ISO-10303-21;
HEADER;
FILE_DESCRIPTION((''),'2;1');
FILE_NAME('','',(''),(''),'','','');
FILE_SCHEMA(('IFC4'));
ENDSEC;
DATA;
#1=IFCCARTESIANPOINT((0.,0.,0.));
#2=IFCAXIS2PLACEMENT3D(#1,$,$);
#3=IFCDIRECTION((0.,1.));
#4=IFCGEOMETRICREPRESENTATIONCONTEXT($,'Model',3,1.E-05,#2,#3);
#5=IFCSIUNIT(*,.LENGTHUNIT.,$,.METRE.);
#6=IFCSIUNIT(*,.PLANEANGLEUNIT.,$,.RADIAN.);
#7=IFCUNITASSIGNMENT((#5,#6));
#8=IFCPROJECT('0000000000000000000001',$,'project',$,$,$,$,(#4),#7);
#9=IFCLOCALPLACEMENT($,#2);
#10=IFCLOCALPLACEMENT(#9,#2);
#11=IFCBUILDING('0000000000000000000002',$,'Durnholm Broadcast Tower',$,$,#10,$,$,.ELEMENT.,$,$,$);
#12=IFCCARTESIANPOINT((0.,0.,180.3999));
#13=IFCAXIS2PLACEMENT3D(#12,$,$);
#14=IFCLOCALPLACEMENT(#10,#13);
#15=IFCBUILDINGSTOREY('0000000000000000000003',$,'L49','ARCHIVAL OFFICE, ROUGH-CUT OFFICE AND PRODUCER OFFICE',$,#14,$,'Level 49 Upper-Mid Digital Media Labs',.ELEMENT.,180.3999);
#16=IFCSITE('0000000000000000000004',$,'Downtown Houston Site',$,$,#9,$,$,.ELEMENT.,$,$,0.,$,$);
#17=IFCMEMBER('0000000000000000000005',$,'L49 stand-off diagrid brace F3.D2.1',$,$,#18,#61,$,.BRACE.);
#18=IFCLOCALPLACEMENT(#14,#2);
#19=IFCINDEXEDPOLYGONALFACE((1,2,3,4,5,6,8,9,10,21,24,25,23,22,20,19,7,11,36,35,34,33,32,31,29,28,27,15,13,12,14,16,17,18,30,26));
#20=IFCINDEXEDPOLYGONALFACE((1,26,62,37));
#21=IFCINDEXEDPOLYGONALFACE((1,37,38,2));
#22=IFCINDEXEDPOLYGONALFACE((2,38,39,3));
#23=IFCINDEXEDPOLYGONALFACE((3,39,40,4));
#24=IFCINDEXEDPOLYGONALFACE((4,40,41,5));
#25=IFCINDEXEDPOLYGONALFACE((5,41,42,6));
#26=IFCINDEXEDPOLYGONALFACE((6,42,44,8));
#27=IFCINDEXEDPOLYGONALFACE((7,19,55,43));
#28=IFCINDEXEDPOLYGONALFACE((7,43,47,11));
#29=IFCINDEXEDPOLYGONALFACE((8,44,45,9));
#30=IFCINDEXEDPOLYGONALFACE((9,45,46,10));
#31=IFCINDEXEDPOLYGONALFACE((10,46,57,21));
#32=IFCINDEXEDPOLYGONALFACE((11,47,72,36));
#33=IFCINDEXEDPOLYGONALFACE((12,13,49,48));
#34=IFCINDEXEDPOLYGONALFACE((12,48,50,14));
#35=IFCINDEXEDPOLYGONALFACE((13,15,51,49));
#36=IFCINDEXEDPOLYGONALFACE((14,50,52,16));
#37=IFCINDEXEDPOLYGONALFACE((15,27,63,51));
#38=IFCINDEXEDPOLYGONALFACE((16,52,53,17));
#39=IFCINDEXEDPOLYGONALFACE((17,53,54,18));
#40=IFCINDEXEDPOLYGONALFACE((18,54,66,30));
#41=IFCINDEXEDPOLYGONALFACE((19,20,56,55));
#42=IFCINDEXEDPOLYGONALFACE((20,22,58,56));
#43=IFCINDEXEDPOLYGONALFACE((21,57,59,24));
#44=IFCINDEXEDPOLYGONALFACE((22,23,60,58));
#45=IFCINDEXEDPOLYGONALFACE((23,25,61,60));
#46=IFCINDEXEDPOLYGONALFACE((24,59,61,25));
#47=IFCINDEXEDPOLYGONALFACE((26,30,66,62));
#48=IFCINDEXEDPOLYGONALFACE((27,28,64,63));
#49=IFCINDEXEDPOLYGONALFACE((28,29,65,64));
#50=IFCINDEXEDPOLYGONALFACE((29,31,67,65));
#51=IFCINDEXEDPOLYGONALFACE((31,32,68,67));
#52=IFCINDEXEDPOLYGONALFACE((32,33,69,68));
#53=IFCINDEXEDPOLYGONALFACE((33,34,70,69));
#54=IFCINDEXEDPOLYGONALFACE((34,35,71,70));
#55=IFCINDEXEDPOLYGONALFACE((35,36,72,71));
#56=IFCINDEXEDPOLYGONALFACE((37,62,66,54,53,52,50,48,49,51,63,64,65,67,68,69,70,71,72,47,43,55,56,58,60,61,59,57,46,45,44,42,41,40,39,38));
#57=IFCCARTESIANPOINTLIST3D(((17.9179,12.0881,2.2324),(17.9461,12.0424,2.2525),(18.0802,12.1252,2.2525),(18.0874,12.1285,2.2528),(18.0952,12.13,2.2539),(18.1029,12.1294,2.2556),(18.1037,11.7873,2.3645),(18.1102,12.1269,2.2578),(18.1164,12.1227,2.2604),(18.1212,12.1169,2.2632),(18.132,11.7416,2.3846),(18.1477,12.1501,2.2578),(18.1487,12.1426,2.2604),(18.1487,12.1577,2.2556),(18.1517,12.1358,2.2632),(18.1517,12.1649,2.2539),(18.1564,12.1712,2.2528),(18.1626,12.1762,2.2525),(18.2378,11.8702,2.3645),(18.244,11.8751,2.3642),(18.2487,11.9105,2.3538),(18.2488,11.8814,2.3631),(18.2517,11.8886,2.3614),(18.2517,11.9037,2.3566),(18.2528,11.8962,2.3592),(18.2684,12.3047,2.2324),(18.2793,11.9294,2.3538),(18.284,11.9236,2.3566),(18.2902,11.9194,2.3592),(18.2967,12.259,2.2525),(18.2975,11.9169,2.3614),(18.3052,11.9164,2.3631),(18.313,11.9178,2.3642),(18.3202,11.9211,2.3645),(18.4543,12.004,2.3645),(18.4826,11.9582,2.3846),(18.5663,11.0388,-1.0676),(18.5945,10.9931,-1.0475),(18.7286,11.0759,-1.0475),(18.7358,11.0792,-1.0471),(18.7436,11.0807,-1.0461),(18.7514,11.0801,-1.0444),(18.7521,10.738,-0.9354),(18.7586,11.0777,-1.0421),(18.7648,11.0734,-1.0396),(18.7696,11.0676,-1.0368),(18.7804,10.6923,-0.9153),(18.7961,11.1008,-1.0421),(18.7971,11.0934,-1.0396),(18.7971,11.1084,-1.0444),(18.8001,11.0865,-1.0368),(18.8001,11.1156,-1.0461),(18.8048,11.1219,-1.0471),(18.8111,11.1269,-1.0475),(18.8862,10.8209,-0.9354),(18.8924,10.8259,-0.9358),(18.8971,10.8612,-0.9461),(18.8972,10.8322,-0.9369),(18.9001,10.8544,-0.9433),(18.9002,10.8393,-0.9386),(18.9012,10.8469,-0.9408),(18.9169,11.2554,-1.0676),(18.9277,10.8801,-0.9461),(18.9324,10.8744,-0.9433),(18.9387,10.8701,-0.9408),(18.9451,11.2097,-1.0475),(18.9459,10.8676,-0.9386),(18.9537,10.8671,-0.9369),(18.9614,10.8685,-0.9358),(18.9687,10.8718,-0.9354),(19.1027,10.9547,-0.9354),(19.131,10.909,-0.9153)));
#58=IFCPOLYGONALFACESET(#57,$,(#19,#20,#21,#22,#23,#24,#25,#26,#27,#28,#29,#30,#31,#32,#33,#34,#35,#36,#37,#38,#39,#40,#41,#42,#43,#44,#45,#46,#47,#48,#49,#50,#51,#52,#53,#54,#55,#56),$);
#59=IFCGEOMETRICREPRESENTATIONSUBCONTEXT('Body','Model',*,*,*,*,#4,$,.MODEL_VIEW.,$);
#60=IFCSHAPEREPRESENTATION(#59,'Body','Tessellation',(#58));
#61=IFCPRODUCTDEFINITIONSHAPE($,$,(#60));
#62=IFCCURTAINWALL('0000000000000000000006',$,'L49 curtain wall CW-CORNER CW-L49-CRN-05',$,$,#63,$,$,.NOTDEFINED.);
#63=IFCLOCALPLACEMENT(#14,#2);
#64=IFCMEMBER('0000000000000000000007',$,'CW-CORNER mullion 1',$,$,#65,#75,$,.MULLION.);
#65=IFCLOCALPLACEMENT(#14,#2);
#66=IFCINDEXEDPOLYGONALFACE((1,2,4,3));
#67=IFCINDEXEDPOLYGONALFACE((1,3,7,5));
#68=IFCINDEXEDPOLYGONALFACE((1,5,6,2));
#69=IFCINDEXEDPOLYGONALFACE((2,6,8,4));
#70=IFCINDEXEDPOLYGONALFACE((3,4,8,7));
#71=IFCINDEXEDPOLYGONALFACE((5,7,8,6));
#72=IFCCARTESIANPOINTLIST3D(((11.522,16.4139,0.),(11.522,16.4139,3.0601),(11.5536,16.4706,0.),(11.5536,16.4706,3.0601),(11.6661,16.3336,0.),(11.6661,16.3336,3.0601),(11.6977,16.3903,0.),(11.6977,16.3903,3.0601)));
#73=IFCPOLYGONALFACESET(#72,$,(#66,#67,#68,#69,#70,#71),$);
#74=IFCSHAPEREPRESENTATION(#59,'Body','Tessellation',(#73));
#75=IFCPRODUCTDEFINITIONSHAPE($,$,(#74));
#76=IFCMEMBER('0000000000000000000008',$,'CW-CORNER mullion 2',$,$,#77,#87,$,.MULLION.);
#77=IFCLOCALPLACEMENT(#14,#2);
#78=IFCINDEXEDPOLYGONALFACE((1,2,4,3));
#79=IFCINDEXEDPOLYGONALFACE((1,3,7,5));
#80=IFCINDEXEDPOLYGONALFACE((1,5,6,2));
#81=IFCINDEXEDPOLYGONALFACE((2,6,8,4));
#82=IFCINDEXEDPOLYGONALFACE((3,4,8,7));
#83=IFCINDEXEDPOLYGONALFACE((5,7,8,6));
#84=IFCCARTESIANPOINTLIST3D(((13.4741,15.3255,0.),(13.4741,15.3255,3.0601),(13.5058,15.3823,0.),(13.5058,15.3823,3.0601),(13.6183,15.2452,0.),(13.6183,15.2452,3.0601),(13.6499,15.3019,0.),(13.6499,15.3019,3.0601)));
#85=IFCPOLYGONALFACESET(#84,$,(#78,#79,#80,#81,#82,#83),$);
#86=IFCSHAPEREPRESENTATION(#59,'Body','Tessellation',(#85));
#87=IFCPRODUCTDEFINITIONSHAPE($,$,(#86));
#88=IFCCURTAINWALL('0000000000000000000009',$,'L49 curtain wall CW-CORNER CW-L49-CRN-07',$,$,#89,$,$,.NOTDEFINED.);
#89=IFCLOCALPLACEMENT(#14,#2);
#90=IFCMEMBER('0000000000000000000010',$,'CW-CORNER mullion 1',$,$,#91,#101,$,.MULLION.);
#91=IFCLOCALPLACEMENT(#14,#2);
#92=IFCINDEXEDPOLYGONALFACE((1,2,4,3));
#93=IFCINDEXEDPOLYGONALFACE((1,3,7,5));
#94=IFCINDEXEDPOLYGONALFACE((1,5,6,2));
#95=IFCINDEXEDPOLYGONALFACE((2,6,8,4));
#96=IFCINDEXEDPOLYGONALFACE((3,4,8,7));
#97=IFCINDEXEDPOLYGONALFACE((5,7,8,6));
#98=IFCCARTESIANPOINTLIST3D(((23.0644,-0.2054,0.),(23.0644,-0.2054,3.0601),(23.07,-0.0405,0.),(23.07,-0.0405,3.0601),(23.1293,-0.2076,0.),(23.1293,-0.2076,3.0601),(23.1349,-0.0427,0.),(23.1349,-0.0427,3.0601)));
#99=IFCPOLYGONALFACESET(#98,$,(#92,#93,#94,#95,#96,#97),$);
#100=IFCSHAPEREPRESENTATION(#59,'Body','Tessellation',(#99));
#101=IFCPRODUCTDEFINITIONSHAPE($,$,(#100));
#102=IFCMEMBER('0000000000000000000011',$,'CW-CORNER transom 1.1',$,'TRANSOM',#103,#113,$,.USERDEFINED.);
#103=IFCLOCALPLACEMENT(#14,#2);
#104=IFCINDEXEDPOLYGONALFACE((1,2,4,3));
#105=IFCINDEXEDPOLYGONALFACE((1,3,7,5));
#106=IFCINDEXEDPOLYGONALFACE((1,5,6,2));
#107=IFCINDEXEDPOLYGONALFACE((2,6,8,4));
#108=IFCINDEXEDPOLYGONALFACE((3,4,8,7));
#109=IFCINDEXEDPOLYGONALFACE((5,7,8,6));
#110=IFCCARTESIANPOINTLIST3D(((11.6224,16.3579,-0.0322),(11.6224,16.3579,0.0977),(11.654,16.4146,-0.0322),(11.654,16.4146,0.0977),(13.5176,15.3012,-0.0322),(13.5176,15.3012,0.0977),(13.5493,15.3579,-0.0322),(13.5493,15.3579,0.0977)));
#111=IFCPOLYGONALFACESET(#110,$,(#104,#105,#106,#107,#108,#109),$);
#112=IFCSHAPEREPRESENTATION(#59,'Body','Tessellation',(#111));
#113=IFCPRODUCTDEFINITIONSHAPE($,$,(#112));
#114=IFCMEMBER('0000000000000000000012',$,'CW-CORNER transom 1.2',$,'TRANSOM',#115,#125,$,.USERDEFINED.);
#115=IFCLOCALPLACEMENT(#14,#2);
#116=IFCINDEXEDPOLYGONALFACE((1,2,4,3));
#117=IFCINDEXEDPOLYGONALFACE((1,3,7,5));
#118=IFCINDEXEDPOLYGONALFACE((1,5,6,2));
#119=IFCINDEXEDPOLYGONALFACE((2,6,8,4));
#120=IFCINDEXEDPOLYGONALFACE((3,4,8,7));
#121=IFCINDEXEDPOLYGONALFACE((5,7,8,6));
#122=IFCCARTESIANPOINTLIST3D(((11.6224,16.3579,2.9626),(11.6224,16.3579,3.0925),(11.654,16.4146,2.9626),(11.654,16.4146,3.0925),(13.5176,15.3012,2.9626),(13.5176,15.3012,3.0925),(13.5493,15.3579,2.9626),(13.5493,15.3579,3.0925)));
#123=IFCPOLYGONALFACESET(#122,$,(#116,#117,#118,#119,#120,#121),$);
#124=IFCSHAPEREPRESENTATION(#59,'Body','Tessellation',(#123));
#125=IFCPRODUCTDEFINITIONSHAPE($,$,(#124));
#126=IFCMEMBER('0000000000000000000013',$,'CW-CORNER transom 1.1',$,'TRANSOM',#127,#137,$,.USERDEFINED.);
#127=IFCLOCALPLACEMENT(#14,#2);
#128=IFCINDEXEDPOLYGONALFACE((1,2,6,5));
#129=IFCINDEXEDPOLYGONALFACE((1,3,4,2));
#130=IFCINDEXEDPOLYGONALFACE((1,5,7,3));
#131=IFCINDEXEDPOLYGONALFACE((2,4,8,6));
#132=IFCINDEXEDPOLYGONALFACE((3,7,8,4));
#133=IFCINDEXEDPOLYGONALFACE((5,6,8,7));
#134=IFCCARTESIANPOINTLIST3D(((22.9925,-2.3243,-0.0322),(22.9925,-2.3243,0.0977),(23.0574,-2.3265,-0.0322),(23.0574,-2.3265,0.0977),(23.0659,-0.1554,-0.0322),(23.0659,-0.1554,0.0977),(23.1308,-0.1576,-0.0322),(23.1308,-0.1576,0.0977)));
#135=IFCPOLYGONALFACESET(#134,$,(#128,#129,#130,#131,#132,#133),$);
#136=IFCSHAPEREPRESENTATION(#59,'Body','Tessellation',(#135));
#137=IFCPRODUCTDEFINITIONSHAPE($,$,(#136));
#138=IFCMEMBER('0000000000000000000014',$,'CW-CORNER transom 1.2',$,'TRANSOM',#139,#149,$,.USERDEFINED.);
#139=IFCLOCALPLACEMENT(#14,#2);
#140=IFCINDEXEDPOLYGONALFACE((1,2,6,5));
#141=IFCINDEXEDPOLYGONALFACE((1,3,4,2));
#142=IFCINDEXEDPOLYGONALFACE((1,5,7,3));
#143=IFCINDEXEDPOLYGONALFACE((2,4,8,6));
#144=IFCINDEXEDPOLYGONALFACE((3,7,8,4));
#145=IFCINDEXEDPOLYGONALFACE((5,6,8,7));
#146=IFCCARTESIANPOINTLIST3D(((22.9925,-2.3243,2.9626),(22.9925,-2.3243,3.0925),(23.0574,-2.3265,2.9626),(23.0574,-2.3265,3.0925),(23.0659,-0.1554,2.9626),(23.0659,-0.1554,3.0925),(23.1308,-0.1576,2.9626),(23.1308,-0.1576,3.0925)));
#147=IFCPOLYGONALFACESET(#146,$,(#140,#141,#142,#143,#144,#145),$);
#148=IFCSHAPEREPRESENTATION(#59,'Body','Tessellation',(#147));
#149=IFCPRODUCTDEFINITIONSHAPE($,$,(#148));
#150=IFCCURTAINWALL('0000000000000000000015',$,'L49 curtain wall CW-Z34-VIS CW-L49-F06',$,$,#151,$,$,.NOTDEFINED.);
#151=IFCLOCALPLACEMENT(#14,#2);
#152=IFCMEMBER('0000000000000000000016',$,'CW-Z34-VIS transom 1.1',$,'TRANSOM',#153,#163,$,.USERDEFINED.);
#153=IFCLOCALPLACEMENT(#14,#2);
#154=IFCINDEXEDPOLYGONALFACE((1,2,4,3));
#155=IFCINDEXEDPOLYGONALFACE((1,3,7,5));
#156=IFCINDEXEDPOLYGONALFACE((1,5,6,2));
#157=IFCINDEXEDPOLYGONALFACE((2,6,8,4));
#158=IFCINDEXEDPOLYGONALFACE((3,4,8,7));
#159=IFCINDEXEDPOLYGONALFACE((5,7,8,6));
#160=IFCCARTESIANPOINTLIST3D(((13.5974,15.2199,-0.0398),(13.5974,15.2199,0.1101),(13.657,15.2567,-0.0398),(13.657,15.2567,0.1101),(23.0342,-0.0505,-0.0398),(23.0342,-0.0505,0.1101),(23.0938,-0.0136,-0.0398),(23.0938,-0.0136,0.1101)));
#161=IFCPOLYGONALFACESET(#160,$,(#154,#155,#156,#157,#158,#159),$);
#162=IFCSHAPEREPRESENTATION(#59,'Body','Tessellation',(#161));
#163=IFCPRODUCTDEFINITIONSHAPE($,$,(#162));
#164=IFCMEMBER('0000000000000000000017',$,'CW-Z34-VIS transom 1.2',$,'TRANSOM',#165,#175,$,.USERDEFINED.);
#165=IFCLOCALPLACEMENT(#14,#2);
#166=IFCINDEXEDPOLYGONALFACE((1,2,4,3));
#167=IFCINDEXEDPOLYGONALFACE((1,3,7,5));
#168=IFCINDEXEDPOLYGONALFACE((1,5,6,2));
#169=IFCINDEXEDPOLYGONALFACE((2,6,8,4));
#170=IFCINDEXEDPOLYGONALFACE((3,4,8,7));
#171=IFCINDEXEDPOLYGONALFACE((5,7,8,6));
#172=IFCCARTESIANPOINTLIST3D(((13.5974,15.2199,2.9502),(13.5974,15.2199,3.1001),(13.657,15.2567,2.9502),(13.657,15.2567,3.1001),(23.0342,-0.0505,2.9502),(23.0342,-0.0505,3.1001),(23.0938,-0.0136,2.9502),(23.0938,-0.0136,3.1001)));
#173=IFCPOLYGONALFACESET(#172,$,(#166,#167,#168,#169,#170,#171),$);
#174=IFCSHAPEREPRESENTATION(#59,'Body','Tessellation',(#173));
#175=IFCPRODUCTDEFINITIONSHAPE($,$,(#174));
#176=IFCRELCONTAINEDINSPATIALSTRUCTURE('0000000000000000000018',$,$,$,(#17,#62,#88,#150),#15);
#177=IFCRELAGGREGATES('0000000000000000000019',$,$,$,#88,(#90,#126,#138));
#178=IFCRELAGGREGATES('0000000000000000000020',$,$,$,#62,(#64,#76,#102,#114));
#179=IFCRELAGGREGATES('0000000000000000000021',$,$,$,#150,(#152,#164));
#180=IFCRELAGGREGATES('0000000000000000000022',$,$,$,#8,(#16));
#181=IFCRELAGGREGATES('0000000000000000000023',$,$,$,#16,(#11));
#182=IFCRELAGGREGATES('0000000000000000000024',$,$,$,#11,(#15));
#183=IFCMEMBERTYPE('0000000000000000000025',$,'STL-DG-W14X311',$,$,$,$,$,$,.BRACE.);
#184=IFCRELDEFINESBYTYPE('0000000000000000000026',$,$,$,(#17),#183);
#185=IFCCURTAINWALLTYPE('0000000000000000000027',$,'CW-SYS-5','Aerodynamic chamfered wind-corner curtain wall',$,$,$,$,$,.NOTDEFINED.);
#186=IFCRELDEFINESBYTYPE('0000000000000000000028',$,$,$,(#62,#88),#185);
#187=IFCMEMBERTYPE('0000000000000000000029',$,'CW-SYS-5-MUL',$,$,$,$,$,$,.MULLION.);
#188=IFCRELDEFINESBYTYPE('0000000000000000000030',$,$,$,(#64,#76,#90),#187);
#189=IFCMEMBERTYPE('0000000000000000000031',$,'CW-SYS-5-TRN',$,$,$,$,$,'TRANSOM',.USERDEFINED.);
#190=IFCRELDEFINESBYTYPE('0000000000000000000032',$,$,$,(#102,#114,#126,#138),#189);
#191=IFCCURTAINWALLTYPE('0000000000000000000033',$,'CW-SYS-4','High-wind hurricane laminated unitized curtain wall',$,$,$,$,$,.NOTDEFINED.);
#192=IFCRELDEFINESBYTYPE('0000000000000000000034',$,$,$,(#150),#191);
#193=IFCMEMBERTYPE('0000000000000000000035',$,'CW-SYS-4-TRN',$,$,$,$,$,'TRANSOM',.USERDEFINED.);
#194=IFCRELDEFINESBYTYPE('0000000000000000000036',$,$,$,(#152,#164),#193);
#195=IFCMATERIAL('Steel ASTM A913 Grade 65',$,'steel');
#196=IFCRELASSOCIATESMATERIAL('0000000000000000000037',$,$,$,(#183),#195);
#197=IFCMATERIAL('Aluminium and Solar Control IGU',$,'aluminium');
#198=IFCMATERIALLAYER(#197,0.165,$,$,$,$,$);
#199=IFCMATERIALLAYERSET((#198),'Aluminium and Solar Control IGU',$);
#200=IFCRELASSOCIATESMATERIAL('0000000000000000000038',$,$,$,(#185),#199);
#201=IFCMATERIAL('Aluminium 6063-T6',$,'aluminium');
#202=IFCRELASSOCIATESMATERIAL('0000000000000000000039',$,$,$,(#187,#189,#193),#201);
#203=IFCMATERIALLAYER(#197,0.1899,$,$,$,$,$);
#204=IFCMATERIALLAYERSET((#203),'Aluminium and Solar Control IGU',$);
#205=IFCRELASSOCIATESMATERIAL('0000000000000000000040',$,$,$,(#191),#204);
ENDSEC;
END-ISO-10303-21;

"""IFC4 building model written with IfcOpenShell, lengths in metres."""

from ifc_helpers import new_model, si_unit, direction, frame, origin, origin_2d, place, context, subcontext, project, spatial, rectangle, i_section, extrude, source, transform, mapped, material, layer, layer_set, material_profile, profile_set, type_object, type_shapes, element, aggregate, save


model = new_model("IFC4")

# Units and contexts
model_context = context("Model", 3, precision=1e-05, world=origin(), true_north=direction((0.0, 1.0)))
body_context = subcontext(model_context, "Body", "Model", "MODEL_VIEW")
ifc_project = project(units=[si_unit("LENGTHUNIT", "METRE"), si_unit("PLANEANGLEUNIT", "RADIAN")], contexts=[model_context])

# Site, building, storey
site_placement = place(None, origin())
site = spatial("IfcSite", under=ifc_project, at=site_placement, Name="Downtown Houston Site", CompositionType="ELEMENT", RefElevation=0.0)
building_placement = place(site_placement, origin())
building = spatial("IfcBuilding", under=site, at=building_placement, Name="Durnholm Broadcast Tower", CompositionType="ELEMENT")
storey_placement = place(building_placement, frame((0.0, 0.0, 180.3999)))
storey = spatial("IfcBuildingStorey", under=building, at=storey_placement, Name="L49", Description="ARCHIVAL OFFICE, ROUGH-CUT OFFICE AND PRODUCER OFFICE", LongName="Level 49 Upper-Mid Digital Media Labs", CompositionType="ELEMENT", Elevation=180.3999)

# Member
ifc_material_1 = material(Name="Steel ASTM A913 Grade 65", Category="steel")
ifc_material_profile_1 = material_profile(ifc_material_1, i_section(OverallWidth=0.4121, OverallDepth=0.4348, WebThickness=0.0359, FlangeThickness=0.0574, FilletRadius=0.0305, at=origin_2d()), Name="W14X311")
ifc_profile_set_1 = profile_set([ifc_material_profile_1], Name="Steel ASTM A913 Grade 65")
member_type_1 = type_object("IfcMemberType", Name="STL-DG-W14X311", PredefinedType="BRACE", material=ifc_profile_set_1)
shared_shape_1 = source(origin(), body_context, "Body", "SweptSolid", [
    extrude(i_section(OverallWidth=0.4121, OverallDepth=0.4348, WebThickness=0.0359, FlangeThickness=0.0574, FilletRadius=0.0305, at=origin_2d()), origin(), (0.0, 0.0, 1.0), 3.5229),
])
for number, where, z_axis, x_axis, name in (
    (1, (18.8486, 10.9739, -0.9915), (-0.184056, 0.297843, 0.936703), (-0.850678, -0.525687, 0.0), "L49 stand-off diagrid brace F3.D2.1"),
):
    element("IfcMember", number, at=place(storey_placement, frame(where, z_axis=z_axis, x_axis=x_axis)), inside=storey, type_object=member_type_1, Name=name, PredefinedType="BRACE", context=body_context, shape_type="MappedRepresentation", body=[
        mapped(shared_shape_1, transform((0.0, 0.0, 0.0), x_axis=(1.0, 0.0, 0.0), y_axis=(0.0, 1.0, 0.0), z_axis=(0.0, 0.0, 1.0), scale=1.0)),
    ])

# Curtain wall, members
ifc_material_2 = material(Name="Aluminium and Solar Control IGU", Category="aluminium")
ifc_layer_1 = layer(ifc_material_2, 0.165)
ifc_layer_set_1 = layer_set([ifc_layer_1], Name="Aluminium and Solar Control IGU")
curtain_wall_type_1 = type_object("IfcCurtainWallType", Name="CW-SYS-5", Description="Aerodynamic chamfered wind-corner curtain wall", PredefinedType="NOTDEFINED", material=ifc_layer_set_1)
curtain_wall_1_placement = place(storey_placement, origin())
curtain_wall_1 = element("IfcCurtainWall", 2, at=curtain_wall_1_placement, inside=storey, type_object=curtain_wall_type_1, Name="L49 curtain wall CW-CORNER CW-L49-CRN-05", PredefinedType="NOTDEFINED")
ifc_material_3 = material(Name="Aluminium 6063-T6", Category="aluminium")
ifc_material_profile_2 = material_profile(ifc_material_3, rectangle(XDim=0.0649, YDim=0.165, at=origin_2d()), Name="CWM65X165")
ifc_profile_set_2 = profile_set([ifc_material_profile_2], Name="Aluminium 6063-T6")
member_type_2 = type_object("IfcMemberType", Name="CW-SYS-5-MUL", PredefinedType="MULLION", material=ifc_profile_set_2)
shared_shape_2 = source(origin(), body_context, "Body", "SweptSolid", [
    extrude(rectangle(XDim=0.0649, YDim=0.165, at=origin_2d()), origin(), (0.0, 0.0, 1.0), 3.0601),
])
type_shapes(member_type_2, [shared_shape_2])
member_1_placement = place(storey_placement, frame((11.6099, 16.4021, 0.0), z_axis=(0.0, 0.0, 1.0), x_axis=(0.486986, 0.87341, 0.0)))
member_1 = element("IfcMember", 3, at=member_1_placement, type_object=member_type_2, Name="CW-CORNER mullion 1", PredefinedType="MULLION", context=body_context, shape_type="MappedRepresentation", body=[
    mapped(shared_shape_2, transform((0.0, 0.0, 0.0), x_axis=(1.0, 0.0, 0.0), y_axis=(0.0, 1.0, 0.0), z_axis=(0.0, 0.0, 1.0), scale=1.0)),
])
member_2_placement = place(storey_placement, frame((13.562, 15.3137, 0.0), z_axis=(0.0, 0.0, 1.0), x_axis=(0.486986, 0.87341, 0.0)))
member_2 = element("IfcMember", 4, at=member_2_placement, type_object=member_type_2, Name="CW-CORNER mullion 2", PredefinedType="MULLION", context=body_context, shape_type="MappedRepresentation", body=[
    mapped(shared_shape_2, transform((0.0, 0.0, 0.0), x_axis=(1.0, 0.0, 0.0), y_axis=(0.0, 1.0, 0.0), z_axis=(0.0, 0.0, 1.0), scale=1.0)),
])

# Curtain wall, member
curtain_wall_2_placement = place(storey_placement, origin())
curtain_wall_2 = element("IfcCurtainWall", 5, at=curtain_wall_2_placement, inside=storey, type_object=curtain_wall_type_1, Name="L49 curtain wall CW-CORNER CW-L49-CRN-07", PredefinedType="NOTDEFINED")
member_3_placement = place(storey_placement, frame((23.0996, -0.124, 0.0), z_axis=(0.0, 0.0, 1.0), x_axis=(0.999425, -0.033913, 0.0)))
member_3 = element("IfcMember", 6, at=member_3_placement, type_object=member_type_2, Name="CW-CORNER mullion 1", PredefinedType="MULLION", context=body_context, shape_type="MappedRepresentation", body=[
    mapped(shared_shape_2, transform((0.0, 0.0, 0.0), x_axis=(1.0, 0.0, 0.0), y_axis=(0.0, 1.0, 0.0), z_axis=(0.0, 0.0, 1.0), scale=1.0)),
])

# Members
ifc_material_profile_3 = material_profile(ifc_material_3, rectangle(XDim=0.0649, YDim=0.1299, at=origin_2d()), Name="CWT65X130")
ifc_profile_set_3 = profile_set([ifc_material_profile_3], Name="Aluminium 6063-T6")
member_type_3 = type_object("IfcMemberType", Name="CW-SYS-5-TRN", ElementType="TRANSOM", PredefinedType="USERDEFINED", material=ifc_profile_set_3)
shared_shape_3 = source(origin(), body_context, "Body", "SweptSolid", [
    extrude(rectangle(XDim=0.0649, YDim=0.1299, at=origin_2d()), origin(), (0.0, 0.0, 1.0), 2.1699),
])
member_4_placement = place(storey_placement, frame((11.6382, 16.3862, 0.0327), z_axis=(0.873429, -0.486951, 0.0), x_axis=(0.486951, 0.873429, 0.0)))
member_4 = element("IfcMember", 7, at=member_4_placement, type_object=member_type_3, Name="CW-CORNER transom 1.1", ObjectType="TRANSOM", PredefinedType="USERDEFINED", context=body_context, shape_type="MappedRepresentation", body=[
    mapped(shared_shape_3, transform((0.0, 0.0, 0.0), x_axis=(1.0, 0.0, 0.0), y_axis=(0.0, 1.0, 0.0), z_axis=(0.0, 0.0, 1.0), scale=1.0)),
])
member_5_placement = place(storey_placement, frame((11.6382, 16.3862, 3.0276), z_axis=(0.873429, -0.486951, 0.0), x_axis=(0.486951, 0.873429, 0.0)))
member_5 = element("IfcMember", 8, at=member_5_placement, type_object=member_type_3, Name="CW-CORNER transom 1.2", ObjectType="TRANSOM", PredefinedType="USERDEFINED", context=body_context, shape_type="MappedRepresentation", body=[
    mapped(shared_shape_3, transform((0.0, 0.0, 0.0), x_axis=(1.0, 0.0, 0.0), y_axis=(0.0, 1.0, 0.0), z_axis=(0.0, 0.0, 1.0), scale=1.0)),
])
shared_shape_4 = source(origin(), body_context, "Body", "SweptSolid", [
    extrude(rectangle(XDim=0.0649, YDim=0.1299, at=origin_2d()), origin(), (0.0, 0.0, 1.0), 2.1702),
])
type_shapes(member_type_3, [shared_shape_3, shared_shape_4])
member_6_placement = place(storey_placement, frame((23.0984, -0.1565, 0.0327), z_axis=(-0.033862, -0.999427, 0.0), x_axis=(0.999427, -0.033862, 0.0)))
member_6 = element("IfcMember", 9, at=member_6_placement, type_object=member_type_3, Name="CW-CORNER transom 1.1", ObjectType="TRANSOM", PredefinedType="USERDEFINED", context=body_context, shape_type="MappedRepresentation", body=[
    mapped(shared_shape_4, transform((0.0, 0.0, 0.0), x_axis=(1.0, 0.0, 0.0), y_axis=(0.0, 1.0, 0.0), z_axis=(0.0, 0.0, 1.0), scale=1.0)),
])
member_7_placement = place(storey_placement, frame((23.0984, -0.1565, 3.0276), z_axis=(-0.033862, -0.999427, 0.0), x_axis=(0.999427, -0.033862, 0.0)))
member_7 = element("IfcMember", 10, at=member_7_placement, type_object=member_type_3, Name="CW-CORNER transom 1.2", ObjectType="TRANSOM", PredefinedType="USERDEFINED", context=body_context, shape_type="MappedRepresentation", body=[
    mapped(shared_shape_4, transform((0.0, 0.0, 0.0), x_axis=(1.0, 0.0, 0.0), y_axis=(0.0, 1.0, 0.0), z_axis=(0.0, 0.0, 1.0), scale=1.0)),
])

# Curtain wall, members
ifc_layer_2 = layer(ifc_material_2, 0.1899)
ifc_layer_set_2 = layer_set([ifc_layer_2], Name="Aluminium and Solar Control IGU")
curtain_wall_type_2 = type_object("IfcCurtainWallType", Name="CW-SYS-4", Description="High-wind hurricane laminated unitized curtain wall", PredefinedType="NOTDEFINED", material=ifc_layer_set_2)
curtain_wall_3_placement = place(storey_placement, origin())
curtain_wall_3 = element("IfcCurtainWall", 11, at=curtain_wall_3_placement, inside=storey, type_object=curtain_wall_type_2, Name="L49 curtain wall CW-Z34-VIS CW-L49-F06", PredefinedType="NOTDEFINED")
ifc_material_profile_4 = material_profile(ifc_material_3, rectangle(XDim=0.0701, YDim=0.1499, at=origin_2d()), Name="CWT70X150")
ifc_profile_set_4 = profile_set([ifc_material_profile_4], Name="Aluminium 6063-T6")
member_type_4 = type_object("IfcMemberType", Name="CW-SYS-4-TRN", ElementType="TRANSOM", PredefinedType="USERDEFINED", material=ifc_profile_set_4)
shared_shape_5 = source(origin(), body_context, "Body", "SweptSolid", [
    extrude(rectangle(XDim=0.0701, YDim=0.1499, at=origin_2d()), origin(), (0.0, 0.0, 1.0), 17.9509),
])
type_shapes(member_type_4, [shared_shape_5])
member_8_placement = place(storey_placement, frame((13.6272, 15.2383, 0.0352), z_axis=(0.5257, -0.85067, 0.0), x_axis=(0.85067, 0.5257, 0.0)))
member_8 = element("IfcMember", 12, at=member_8_placement, type_object=member_type_4, Name="CW-Z34-VIS transom 1.1", ObjectType="TRANSOM", PredefinedType="USERDEFINED", context=body_context, shape_type="MappedRepresentation", body=[
    mapped(shared_shape_5, transform((0.0, 0.0, 0.0), x_axis=(1.0, 0.0, 0.0), y_axis=(0.0, 1.0, 0.0), z_axis=(0.0, 0.0, 1.0), scale=1.0)),
])
member_9_placement = place(storey_placement, frame((13.6272, 15.2383, 3.0251), z_axis=(0.5257, -0.85067, 0.0), x_axis=(0.85067, 0.5257, 0.0)))
member_9 = element("IfcMember", 13, at=member_9_placement, type_object=member_type_4, Name="CW-Z34-VIS transom 1.2", ObjectType="TRANSOM", PredefinedType="USERDEFINED", context=body_context, shape_type="MappedRepresentation", body=[
    mapped(shared_shape_5, transform((0.0, 0.0, 0.0), x_axis=(1.0, 0.0, 0.0), y_axis=(0.0, 1.0, 0.0), z_axis=(0.0, 0.0, 1.0), scale=1.0)),
])

aggregate(curtain_wall_2, [member_3, member_6, member_7])
aggregate(curtain_wall_1, [member_1, member_2, member_4, member_5])
aggregate(curtain_wall_3, [member_8, member_9])

save(model, "model.ifc")
